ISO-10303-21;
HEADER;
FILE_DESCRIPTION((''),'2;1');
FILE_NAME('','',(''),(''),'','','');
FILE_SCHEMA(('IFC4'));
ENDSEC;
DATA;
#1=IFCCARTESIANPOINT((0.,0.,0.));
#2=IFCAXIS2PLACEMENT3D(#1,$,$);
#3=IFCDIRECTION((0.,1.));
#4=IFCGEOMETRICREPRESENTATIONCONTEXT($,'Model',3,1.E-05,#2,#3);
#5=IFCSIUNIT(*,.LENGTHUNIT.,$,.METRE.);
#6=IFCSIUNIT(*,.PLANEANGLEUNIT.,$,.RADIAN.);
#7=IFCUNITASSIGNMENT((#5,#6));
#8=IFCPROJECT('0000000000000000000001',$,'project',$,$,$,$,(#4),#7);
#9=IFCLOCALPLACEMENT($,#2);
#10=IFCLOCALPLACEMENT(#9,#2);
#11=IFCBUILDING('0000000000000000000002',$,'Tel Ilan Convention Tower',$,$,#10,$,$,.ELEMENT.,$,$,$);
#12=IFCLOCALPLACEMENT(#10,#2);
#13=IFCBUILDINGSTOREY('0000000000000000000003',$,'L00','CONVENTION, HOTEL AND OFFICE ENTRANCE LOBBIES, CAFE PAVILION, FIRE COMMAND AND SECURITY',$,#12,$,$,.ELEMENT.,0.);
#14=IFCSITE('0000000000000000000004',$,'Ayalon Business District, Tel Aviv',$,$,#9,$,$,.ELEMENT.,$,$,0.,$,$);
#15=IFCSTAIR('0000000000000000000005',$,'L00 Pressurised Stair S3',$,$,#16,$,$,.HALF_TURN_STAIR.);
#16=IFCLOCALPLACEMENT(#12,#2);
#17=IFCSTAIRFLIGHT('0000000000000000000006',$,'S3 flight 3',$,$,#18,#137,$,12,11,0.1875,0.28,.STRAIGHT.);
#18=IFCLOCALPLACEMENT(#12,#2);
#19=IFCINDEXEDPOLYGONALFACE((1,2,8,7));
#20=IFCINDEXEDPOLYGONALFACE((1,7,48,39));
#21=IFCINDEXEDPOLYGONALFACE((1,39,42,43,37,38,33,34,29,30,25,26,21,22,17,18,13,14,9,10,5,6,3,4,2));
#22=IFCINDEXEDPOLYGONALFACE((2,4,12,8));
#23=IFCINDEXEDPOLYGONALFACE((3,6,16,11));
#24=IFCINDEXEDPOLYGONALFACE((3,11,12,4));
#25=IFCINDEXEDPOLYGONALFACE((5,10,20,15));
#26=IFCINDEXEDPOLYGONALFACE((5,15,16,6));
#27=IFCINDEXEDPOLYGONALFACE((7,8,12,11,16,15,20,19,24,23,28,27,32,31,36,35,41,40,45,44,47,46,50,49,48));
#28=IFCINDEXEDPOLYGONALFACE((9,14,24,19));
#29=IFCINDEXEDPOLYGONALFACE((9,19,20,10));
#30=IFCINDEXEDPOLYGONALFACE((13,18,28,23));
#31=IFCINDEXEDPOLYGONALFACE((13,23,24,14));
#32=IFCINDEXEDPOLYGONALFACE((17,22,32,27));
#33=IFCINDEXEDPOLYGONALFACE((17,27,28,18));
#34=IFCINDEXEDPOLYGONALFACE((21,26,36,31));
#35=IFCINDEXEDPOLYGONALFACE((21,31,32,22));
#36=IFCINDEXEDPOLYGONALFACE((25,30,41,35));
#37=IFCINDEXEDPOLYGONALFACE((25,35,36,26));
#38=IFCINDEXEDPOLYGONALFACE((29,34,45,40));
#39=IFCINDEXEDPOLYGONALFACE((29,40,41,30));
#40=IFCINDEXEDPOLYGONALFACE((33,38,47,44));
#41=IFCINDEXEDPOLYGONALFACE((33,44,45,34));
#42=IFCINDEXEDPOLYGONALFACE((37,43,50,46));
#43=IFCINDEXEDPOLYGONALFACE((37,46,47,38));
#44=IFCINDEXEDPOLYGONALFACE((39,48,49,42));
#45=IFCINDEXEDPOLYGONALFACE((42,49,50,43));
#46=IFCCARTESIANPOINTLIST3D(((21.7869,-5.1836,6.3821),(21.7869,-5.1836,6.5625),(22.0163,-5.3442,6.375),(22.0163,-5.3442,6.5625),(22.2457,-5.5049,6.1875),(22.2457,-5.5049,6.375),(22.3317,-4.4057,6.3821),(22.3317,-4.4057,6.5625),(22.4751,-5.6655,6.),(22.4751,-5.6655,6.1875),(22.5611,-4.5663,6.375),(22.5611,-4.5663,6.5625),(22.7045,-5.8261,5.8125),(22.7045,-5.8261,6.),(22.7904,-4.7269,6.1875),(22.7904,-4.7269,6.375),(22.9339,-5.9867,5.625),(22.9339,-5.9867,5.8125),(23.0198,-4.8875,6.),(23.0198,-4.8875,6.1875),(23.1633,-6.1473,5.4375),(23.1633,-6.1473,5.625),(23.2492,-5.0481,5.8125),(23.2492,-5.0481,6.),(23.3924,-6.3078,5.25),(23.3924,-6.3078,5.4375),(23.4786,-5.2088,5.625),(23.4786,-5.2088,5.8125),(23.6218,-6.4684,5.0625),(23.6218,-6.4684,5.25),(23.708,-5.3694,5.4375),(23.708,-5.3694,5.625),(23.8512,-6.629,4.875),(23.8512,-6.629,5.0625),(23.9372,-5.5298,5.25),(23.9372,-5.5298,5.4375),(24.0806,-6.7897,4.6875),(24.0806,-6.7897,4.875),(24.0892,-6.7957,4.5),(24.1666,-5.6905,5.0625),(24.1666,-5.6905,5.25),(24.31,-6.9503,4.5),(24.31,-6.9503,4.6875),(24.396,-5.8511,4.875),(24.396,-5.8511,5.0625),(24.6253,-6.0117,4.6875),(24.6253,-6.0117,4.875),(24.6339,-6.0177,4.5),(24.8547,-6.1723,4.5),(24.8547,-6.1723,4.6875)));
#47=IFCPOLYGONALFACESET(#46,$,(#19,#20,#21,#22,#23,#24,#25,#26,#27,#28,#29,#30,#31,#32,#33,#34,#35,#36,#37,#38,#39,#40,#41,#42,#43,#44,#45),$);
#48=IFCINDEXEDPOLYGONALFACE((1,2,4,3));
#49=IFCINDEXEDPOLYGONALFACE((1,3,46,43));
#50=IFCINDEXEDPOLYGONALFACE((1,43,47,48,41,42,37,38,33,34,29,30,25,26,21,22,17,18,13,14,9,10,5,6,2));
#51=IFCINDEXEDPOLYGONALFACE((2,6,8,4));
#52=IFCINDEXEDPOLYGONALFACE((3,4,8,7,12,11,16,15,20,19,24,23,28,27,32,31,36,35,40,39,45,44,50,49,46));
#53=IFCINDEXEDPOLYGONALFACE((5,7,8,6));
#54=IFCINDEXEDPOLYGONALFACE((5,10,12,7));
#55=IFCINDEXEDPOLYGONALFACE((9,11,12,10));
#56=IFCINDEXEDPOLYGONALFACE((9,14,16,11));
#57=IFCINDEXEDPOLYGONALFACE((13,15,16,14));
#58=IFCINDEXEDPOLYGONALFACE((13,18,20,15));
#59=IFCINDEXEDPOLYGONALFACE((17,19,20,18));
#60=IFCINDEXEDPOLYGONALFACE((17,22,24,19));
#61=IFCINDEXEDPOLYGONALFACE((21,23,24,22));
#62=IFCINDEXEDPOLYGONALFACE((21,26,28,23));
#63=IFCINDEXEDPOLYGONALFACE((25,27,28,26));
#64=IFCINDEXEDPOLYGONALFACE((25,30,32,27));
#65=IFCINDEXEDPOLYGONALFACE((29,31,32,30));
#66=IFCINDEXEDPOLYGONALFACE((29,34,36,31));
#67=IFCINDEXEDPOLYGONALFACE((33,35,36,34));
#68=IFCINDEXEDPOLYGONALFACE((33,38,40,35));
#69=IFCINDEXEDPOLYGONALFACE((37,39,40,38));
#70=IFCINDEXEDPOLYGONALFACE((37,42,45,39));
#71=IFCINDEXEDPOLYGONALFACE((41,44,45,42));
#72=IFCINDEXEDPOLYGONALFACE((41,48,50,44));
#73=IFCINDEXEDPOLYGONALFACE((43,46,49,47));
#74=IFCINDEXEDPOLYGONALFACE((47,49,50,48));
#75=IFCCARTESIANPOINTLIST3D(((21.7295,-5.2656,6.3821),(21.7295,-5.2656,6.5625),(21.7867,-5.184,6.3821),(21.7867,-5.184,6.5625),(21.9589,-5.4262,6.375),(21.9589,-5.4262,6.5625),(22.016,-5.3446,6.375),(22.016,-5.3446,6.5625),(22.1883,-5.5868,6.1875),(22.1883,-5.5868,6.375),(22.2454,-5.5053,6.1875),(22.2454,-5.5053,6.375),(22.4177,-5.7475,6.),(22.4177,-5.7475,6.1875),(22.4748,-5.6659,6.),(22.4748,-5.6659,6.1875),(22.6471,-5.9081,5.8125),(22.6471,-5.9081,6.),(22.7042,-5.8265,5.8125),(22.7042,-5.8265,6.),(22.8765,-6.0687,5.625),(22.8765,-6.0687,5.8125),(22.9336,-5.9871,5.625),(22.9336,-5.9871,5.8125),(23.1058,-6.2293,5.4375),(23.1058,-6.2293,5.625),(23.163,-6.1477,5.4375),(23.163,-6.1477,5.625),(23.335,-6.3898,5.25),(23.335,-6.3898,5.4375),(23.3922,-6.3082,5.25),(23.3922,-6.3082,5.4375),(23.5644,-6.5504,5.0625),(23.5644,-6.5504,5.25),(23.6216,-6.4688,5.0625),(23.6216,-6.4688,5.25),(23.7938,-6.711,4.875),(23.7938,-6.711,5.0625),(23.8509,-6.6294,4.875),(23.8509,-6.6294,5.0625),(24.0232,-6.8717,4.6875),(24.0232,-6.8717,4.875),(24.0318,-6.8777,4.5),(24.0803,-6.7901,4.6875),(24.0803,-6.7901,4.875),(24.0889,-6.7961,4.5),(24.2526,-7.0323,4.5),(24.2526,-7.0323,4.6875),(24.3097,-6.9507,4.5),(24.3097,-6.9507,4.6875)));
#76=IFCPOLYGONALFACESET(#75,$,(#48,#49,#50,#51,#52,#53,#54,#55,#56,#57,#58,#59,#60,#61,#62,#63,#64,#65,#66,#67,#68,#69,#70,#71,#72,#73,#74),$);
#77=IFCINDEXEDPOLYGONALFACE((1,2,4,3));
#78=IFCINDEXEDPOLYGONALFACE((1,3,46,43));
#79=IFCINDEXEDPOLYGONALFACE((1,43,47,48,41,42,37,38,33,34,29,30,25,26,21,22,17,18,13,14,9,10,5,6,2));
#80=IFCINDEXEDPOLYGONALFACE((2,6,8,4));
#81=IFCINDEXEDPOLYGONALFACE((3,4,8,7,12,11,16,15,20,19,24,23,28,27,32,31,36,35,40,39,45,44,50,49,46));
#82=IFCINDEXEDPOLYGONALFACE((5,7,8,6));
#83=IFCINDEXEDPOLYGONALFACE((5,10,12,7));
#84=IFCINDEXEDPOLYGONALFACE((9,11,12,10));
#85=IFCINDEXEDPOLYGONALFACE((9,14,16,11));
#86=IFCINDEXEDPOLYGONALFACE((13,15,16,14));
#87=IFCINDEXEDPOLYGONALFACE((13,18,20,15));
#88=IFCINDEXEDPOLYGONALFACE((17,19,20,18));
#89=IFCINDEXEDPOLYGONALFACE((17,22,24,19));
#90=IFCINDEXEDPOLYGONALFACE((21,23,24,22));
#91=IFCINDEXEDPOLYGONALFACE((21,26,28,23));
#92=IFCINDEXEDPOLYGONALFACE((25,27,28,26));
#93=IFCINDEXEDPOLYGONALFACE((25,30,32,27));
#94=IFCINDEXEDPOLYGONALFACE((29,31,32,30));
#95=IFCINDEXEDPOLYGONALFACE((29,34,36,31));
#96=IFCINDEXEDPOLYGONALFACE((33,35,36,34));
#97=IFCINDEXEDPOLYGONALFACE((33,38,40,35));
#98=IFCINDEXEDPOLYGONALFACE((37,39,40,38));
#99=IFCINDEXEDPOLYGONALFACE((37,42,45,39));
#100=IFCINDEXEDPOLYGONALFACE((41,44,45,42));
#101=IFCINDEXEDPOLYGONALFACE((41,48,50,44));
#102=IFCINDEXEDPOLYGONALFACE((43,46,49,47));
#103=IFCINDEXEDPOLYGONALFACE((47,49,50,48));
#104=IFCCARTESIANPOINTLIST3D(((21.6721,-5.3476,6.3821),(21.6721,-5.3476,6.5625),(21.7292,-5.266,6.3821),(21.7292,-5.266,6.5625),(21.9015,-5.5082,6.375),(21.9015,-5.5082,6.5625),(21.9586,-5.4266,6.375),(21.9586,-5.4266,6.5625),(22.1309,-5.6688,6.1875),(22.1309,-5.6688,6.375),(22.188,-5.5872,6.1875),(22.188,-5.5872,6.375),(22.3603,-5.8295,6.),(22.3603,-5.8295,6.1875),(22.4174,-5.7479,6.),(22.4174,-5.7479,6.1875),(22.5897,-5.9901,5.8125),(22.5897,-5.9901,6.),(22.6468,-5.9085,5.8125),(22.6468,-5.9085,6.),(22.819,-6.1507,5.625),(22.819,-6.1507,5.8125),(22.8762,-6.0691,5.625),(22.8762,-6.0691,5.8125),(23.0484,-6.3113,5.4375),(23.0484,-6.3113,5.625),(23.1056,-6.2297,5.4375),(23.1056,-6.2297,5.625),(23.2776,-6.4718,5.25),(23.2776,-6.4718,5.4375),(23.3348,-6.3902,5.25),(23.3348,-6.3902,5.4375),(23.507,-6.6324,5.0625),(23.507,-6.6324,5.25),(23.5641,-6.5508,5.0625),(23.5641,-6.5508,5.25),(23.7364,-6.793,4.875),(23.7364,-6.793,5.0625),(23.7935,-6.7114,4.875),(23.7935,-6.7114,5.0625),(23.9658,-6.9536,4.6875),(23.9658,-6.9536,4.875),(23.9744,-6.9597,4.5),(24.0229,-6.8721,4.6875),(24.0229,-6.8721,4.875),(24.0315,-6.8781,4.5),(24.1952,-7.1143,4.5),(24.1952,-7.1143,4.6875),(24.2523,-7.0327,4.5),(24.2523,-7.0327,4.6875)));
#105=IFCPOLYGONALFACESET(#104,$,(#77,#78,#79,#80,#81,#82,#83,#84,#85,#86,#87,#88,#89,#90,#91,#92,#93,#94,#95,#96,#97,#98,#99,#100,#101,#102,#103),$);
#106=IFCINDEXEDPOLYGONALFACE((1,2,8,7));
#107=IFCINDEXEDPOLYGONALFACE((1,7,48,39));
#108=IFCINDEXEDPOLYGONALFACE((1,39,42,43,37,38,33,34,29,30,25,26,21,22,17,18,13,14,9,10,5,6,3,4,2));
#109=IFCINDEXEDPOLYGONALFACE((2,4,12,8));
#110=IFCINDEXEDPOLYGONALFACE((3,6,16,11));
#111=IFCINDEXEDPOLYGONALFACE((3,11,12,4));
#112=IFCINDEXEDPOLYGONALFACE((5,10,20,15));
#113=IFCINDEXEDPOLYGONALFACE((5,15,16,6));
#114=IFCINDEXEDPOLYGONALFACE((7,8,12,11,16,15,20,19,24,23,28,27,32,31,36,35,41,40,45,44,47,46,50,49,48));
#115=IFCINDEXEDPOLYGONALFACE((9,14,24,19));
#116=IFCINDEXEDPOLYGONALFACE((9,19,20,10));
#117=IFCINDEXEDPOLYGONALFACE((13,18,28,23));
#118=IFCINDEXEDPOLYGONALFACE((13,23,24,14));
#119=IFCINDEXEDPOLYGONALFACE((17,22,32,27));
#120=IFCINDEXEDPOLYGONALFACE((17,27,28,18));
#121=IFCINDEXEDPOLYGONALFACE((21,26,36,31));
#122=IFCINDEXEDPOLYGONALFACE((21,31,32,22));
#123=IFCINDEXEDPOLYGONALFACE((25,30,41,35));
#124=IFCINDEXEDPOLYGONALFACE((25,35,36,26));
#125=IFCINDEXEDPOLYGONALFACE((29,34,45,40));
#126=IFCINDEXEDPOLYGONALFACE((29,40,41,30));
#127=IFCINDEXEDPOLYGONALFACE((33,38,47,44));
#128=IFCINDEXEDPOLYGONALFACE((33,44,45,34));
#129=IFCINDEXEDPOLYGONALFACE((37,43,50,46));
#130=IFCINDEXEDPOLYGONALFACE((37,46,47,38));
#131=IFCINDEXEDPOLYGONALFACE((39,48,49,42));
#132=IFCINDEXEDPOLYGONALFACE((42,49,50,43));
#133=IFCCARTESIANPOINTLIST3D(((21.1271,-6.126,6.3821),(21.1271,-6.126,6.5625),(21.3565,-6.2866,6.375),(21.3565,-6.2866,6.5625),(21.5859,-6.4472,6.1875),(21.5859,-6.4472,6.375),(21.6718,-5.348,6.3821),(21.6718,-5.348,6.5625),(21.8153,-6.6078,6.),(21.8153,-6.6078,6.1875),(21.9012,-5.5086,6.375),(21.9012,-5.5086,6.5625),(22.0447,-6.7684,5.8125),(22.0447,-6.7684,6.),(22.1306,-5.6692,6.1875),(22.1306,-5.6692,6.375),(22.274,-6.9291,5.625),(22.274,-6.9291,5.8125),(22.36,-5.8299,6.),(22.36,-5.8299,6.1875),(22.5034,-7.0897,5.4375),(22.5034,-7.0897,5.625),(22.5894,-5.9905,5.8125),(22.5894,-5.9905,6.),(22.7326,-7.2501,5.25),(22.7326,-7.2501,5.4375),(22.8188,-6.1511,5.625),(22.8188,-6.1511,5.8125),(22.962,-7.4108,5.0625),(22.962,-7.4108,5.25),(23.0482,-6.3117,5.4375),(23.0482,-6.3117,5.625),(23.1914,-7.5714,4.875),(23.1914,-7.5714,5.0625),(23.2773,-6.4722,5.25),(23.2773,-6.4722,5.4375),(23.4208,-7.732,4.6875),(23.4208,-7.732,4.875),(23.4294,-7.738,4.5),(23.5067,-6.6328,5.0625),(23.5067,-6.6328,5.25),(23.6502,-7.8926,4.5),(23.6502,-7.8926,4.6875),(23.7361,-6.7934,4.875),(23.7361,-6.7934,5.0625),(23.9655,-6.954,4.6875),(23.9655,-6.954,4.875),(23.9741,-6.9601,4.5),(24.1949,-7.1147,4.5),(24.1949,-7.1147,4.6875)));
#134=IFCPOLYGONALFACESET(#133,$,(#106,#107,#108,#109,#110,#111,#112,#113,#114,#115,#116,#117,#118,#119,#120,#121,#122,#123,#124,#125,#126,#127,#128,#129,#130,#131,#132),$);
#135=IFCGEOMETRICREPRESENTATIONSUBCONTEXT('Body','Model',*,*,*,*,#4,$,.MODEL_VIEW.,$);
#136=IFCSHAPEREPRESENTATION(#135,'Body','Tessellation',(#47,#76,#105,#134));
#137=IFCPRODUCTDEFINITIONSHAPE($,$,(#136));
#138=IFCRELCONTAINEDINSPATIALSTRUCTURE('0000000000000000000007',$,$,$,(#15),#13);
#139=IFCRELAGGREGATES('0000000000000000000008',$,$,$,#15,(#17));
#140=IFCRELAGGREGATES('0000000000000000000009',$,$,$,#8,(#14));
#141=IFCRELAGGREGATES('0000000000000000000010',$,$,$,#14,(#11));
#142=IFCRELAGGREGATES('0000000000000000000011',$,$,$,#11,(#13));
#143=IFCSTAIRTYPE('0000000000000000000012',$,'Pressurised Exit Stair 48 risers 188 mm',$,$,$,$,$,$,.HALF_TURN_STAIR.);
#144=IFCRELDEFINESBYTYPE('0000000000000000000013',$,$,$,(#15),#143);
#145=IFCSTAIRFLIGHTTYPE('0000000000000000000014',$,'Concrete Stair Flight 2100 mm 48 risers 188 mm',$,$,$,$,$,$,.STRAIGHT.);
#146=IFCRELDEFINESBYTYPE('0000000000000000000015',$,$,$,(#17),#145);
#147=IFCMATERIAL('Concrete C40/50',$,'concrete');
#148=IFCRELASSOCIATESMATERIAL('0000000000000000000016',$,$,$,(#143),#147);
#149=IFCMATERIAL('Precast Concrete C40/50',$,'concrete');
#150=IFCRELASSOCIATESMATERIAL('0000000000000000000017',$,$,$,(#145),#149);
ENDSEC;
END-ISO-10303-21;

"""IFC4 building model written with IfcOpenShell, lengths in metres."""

from ifc_helpers import new_model, si_unit, direction, frame, origin, place, context, subcontext, project, spatial, polyline, outline, extrude, material, type_object, element, aggregate, save


model = new_model("IFC4")

# Units and contexts
model_context = context("Model", 3, precision=1e-05, world=origin(), true_north=direction((0.0, 1.0)))
body_context = subcontext(model_context, "Body", "Model", "MODEL_VIEW")
ifc_project = project(units=[si_unit("LENGTHUNIT", "METRE"), si_unit("PLANEANGLEUNIT", "RADIAN")], contexts=[model_context])

# Site, building, storey
site_placement = place(None, origin())
site = spatial("IfcSite", under=ifc_project, at=site_placement, Name="Ayalon Business District, Tel Aviv", CompositionType="ELEMENT", RefElevation=0.0)
building_placement = place(site_placement, origin())
building = spatial("IfcBuilding", under=site, at=building_placement, Name="Tel Ilan Convention Tower", CompositionType="ELEMENT")
storey_placement = place(building_placement, origin())
storey = spatial("IfcBuildingStorey", under=building, at=storey_placement, Name="L00", Description="CONVENTION, HOTEL AND OFFICE ENTRANCE LOBBIES, CAFE PAVILION, FIRE COMMAND AND SECURITY", CompositionType="ELEMENT", Elevation=0.0)

# Stair, stair flight
ifc_material_1 = material(Name="Concrete C40/50", Category="concrete")
stair_type = type_object("IfcStairType", Name="Pressurised Exit Stair 48 risers 188 mm", PredefinedType="HALF_TURN_STAIR", material=ifc_material_1)
stair_1_placement = place(storey_placement, origin())
stair_1 = element("IfcStair", 1, at=stair_1_placement, inside=storey, type_object=stair_type, Name="L00 Pressurised Stair S3", PredefinedType="HALF_TURN_STAIR")
ifc_material_2 = material(Name="Precast Concrete C40/50", Category="concrete")
stair_flight_type = type_object("IfcStairFlightType", Name="Concrete Stair Flight 2100 mm 48 risers 188 mm", PredefinedType="STRAIGHT", material=ifc_material_2)
stair_flight_1_placement = place(storey_placement, frame((24.2524, -7.0325, 4.5), z_axis=(0.0, 0.0, 1.0), x_axis=(-0.819152, 0.573576, 0.0)))
stair_flight_1 = element("IfcStairFlight", 2, at=stair_flight_1_placement, type_object=stair_flight_type, Name="S3 flight 3", NumberOfRisers=12, NumberOfTreads=11, PredefinedType="STRAIGHT", RiserHeight=0.1875, TreadLength=0.28, context=body_context, shape_type="SweptSolid", body=[
    extrude(outline(polyline([(0.0, 0.0), (0.0, 0.1875), (0.28, 0.1875), (0.28, 0.375), (0.5601, 0.375), (0.5601, 0.5625), (0.8401, 0.5625), (0.8401, 0.75), (1.1201, 0.75), (1.1201, 0.9375), (1.3999, 0.9375), (1.3999, 1.125), (1.6799, 1.125), (1.6799, 1.3125), (1.96, 1.3125), (1.96, 1.5), (2.24, 1.5), (2.24, 1.6875), (2.52, 1.6875), (2.52, 1.875), (2.8, 1.875), (2.8, 2.0625), (3.0801, 2.0625), (3.0801, 2.25), (3.0801, 1.8821), (0.2695, 0.0), (0.0, 0.0)])), frame((0.0, -0.1003, 0.0), z_axis=(0.0, -1.0, 0.0), x_axis=(1.0, 0.0, 0.0)), (0.0, 0.0, 1.0), 0.9497),
    extrude(outline(polyline([(0.0, 0.0), (0.0, 0.1875), (0.28, 0.1875), (0.28, 0.375), (0.5601, 0.375), (0.5601, 0.5625), (0.8401, 0.5625), (0.8401, 0.75), (1.1201, 0.75), (1.1201, 0.9375), (1.3999, 0.9375), (1.3999, 1.125), (1.6799, 1.125), (1.6799, 1.3125), (1.96, 1.3125), (1.96, 1.5), (2.24, 1.5), (2.24, 1.6875), (2.52, 1.6875), (2.52, 1.875), (2.8, 1.875), (2.8, 2.0625), (3.0801, 2.0625), (3.0801, 2.25), (3.0801, 1.8821), (0.2695, 0.0), (0.0, 0.0)])), frame((0.0, -0.0002, 0.0), z_axis=(0.0, -1.0, 0.0), x_axis=(1.0, 0.0, 0.0)), (0.0, 0.0, 1.0), 0.0996),
    extrude(outline(polyline([(0.0, 0.0), (0.0, 0.1875), (0.28, 0.1875), (0.28, 0.375), (0.5601, 0.375), (0.5601, 0.5625), (0.8401, 0.5625), (0.8401, 0.75), (1.1201, 0.75), (1.1201, 0.9375), (1.3999, 0.9375), (1.3999, 1.125), (1.6799, 1.125), (1.6799, 1.3125), (1.96, 1.3125), (1.96, 1.5), (2.24, 1.5), (2.24, 1.6875), (2.52, 1.6875), (2.52, 1.875), (2.8, 1.875), (2.8, 2.0625), (3.0801, 2.0625), (3.0801, 2.25), (3.0801, 1.8821), (0.2695, 0.0), (0.0, 0.0)])), frame((0.0, 0.0999, 0.0), z_axis=(0.0, -1.0, 0.0), x_axis=(1.0, 0.0, 0.0)), (0.0, 0.0, 1.0), 0.0996),
    extrude(outline(polyline([(0.0, 0.0), (0.0, 0.1875), (0.28, 0.1875), (0.28, 0.375), (0.5601, 0.375), (0.5601, 0.5625), (0.8401, 0.5625), (0.8401, 0.75), (1.1201, 0.75), (1.1201, 0.9375), (1.3999, 0.9375), (1.3999, 1.125), (1.6799, 1.125), (1.6799, 1.3125), (1.96, 1.3125), (1.96, 1.5), (2.24, 1.5), (2.24, 1.6875), (2.52, 1.6875), (2.52, 1.875), (2.8, 1.875), (2.8, 2.0625), (3.0801, 2.0625), (3.0801, 2.25), (3.0801, 1.8821), (0.2695, 0.0), (0.0, 0.0)])), frame((0.0, 1.05, 0.0), z_axis=(0.0, -1.0, 0.0), x_axis=(1.0, 0.0, 0.0)), (0.0, 0.0, 1.0), 0.9497),
])
aggregate(stair_1, [stair_flight_1])

save(model, "model.ifc")
